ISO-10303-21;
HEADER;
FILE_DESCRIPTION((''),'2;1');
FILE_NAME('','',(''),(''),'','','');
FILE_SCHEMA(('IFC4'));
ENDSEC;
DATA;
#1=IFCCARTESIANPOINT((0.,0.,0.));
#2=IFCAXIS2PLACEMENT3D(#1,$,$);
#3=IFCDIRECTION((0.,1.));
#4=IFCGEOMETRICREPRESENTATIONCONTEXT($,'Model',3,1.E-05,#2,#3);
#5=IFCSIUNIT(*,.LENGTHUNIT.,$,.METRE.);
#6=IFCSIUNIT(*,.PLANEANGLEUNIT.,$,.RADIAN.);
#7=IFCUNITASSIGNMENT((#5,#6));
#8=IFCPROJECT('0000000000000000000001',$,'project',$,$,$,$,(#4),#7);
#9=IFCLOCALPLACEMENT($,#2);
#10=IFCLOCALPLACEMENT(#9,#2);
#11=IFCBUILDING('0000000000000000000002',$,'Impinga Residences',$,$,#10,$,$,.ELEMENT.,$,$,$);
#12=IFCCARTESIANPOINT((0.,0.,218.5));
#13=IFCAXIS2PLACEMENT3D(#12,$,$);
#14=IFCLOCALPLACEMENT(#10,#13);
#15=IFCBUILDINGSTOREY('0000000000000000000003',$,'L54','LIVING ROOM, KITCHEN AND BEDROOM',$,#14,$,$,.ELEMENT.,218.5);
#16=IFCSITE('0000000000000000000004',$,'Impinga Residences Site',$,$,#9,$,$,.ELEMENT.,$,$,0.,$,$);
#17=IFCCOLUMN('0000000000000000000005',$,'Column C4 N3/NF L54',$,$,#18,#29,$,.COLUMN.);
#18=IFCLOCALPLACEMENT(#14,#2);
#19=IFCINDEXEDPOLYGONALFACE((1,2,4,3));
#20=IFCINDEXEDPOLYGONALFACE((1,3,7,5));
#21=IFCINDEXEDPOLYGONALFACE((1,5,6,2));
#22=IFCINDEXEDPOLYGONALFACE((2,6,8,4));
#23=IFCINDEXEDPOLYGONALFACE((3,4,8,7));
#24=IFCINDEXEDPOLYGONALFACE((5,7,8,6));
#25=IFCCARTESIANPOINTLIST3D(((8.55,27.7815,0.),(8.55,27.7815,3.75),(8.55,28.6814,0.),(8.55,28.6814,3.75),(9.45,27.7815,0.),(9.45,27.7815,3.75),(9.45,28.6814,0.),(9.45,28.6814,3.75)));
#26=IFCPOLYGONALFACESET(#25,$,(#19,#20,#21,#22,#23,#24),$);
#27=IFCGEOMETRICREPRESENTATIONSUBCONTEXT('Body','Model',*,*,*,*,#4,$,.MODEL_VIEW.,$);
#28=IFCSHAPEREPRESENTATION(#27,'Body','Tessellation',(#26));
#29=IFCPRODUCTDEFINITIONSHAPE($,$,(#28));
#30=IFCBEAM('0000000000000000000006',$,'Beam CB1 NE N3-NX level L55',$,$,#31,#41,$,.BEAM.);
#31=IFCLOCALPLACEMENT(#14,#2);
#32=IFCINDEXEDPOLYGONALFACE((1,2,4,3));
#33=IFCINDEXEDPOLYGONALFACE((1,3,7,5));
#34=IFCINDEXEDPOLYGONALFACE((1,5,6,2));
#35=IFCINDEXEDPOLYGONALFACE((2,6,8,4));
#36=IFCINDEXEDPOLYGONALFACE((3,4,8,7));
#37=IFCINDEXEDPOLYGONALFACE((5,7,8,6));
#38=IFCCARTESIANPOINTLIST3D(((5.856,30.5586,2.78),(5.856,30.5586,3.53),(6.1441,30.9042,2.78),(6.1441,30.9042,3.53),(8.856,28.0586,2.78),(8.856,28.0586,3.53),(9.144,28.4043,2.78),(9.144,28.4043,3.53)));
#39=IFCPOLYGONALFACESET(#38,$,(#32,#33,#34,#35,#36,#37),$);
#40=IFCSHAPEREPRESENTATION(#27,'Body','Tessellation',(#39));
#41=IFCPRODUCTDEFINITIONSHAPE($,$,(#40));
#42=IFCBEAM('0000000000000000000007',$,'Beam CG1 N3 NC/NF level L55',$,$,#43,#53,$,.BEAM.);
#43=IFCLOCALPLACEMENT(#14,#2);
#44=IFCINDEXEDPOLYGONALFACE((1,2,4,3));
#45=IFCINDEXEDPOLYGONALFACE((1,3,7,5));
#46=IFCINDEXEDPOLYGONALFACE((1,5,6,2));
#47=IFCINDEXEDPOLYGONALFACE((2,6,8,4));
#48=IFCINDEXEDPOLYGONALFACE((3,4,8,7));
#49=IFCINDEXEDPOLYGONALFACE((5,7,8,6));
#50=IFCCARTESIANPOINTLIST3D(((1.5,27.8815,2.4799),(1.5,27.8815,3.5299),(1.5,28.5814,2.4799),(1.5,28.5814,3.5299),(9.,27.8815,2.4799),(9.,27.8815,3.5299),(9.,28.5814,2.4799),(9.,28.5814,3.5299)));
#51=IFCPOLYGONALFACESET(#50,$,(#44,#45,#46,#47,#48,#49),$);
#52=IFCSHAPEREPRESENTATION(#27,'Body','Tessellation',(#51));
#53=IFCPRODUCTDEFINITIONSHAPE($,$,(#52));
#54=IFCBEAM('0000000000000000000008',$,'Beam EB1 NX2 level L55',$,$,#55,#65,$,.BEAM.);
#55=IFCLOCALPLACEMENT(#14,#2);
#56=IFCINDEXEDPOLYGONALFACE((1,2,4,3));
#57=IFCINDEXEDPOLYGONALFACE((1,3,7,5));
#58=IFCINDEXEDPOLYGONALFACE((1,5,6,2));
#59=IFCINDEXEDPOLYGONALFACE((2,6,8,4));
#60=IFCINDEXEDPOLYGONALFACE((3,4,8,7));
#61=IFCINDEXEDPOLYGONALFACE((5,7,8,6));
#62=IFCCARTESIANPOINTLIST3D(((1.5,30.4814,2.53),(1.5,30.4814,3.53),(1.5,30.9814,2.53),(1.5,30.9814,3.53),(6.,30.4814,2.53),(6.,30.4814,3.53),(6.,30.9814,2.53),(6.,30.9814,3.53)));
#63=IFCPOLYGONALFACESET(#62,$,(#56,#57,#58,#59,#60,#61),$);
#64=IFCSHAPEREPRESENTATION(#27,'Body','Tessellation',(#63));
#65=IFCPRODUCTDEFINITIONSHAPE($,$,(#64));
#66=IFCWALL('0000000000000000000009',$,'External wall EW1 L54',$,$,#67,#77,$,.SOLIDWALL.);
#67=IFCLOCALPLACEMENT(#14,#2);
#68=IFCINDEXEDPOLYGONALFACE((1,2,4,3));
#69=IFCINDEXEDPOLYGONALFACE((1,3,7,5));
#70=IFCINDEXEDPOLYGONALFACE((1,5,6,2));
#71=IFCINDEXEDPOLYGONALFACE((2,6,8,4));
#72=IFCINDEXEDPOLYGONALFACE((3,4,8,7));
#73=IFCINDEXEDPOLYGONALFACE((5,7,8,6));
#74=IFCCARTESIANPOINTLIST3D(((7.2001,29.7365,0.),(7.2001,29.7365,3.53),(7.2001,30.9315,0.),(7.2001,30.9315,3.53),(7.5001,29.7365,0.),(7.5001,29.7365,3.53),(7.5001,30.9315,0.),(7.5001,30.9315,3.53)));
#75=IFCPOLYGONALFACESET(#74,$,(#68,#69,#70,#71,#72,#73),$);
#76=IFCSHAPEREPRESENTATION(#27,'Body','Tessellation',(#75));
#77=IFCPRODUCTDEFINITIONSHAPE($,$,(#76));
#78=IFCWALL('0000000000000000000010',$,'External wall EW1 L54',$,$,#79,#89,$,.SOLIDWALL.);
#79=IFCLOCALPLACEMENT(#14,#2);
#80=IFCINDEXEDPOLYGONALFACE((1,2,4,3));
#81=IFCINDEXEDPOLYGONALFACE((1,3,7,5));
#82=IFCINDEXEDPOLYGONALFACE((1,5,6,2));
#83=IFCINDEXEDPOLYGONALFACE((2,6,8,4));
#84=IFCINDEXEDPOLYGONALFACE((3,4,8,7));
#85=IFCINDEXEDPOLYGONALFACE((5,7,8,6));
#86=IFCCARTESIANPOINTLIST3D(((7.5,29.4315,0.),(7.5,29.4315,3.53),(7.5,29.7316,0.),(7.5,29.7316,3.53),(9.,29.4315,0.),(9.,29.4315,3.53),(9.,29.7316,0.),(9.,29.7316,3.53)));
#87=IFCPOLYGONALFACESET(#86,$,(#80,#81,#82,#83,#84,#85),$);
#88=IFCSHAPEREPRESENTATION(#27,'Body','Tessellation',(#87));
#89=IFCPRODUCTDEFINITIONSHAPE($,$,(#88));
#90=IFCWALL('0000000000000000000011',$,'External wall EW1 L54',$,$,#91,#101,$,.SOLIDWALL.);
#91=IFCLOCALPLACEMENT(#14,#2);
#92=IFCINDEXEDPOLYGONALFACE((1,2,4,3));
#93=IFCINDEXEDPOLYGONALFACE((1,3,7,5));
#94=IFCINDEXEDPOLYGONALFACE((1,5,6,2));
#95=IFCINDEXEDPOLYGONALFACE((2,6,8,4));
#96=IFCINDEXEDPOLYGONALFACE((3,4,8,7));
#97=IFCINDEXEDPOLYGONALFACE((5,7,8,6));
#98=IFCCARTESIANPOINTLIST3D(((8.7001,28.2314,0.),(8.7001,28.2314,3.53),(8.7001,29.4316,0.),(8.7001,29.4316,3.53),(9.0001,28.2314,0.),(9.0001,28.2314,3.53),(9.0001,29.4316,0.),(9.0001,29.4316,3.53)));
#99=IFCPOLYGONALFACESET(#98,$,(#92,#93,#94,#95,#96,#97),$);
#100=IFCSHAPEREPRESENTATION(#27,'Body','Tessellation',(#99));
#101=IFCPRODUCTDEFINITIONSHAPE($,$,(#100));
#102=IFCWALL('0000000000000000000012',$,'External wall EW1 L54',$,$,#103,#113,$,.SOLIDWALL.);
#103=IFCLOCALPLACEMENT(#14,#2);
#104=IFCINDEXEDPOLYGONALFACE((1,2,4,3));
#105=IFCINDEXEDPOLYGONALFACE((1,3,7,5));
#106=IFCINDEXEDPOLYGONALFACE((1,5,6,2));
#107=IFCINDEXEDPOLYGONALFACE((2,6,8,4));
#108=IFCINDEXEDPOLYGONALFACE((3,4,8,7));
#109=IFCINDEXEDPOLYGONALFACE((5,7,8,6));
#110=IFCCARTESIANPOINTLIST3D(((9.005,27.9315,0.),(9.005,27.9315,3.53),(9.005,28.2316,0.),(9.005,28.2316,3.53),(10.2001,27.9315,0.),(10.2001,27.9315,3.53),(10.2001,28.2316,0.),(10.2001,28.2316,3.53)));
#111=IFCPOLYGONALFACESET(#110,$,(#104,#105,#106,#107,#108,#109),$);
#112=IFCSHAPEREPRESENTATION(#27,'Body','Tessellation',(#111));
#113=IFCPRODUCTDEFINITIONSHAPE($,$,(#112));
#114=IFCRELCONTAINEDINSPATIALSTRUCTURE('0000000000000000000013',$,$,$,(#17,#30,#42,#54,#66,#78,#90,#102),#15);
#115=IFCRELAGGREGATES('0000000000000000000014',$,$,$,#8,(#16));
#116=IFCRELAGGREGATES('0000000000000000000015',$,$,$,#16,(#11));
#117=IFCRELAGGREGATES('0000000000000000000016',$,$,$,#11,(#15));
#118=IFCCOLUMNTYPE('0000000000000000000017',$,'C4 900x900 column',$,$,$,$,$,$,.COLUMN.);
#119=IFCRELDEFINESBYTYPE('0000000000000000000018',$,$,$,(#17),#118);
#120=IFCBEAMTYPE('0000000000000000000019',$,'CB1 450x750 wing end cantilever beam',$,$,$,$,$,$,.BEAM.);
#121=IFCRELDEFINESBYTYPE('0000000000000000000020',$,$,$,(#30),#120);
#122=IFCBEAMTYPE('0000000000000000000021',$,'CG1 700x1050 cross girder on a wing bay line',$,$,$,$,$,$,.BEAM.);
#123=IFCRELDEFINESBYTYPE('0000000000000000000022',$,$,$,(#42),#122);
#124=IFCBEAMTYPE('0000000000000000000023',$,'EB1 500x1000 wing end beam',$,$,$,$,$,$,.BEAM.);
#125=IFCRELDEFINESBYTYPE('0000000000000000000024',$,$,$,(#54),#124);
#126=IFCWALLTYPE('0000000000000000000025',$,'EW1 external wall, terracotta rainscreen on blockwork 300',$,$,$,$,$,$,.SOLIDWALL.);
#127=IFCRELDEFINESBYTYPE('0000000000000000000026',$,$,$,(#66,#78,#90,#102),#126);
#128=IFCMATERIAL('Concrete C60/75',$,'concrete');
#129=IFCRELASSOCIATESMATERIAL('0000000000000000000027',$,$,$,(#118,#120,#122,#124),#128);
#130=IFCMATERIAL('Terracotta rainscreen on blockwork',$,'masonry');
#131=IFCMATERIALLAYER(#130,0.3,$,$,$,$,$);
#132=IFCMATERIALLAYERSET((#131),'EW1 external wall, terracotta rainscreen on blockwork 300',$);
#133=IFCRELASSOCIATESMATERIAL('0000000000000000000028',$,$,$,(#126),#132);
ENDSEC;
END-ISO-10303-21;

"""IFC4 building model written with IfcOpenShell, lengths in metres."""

from ifc_helpers import new_model, si_unit, direction, frame, frame_2d, origin, origin_2d, place, context, subcontext, project, spatial, rectangle, extrude, material, layer, layer_set, material_profile, profile_set, type_object, element, save


model = new_model("IFC4")

# Units and contexts
model_context = context("Model", 3, precision=1e-05, world=origin(), true_north=direction((0.0, 1.0)))
body_context = subcontext(model_context, "Body", "Model", "MODEL_VIEW")
ifc_project = project(units=[si_unit("LENGTHUNIT", "METRE"), si_unit("PLANEANGLEUNIT", "RADIAN")], contexts=[model_context])

# Site, building, storey
site_placement = place(None, origin())
site = spatial("IfcSite", under=ifc_project, at=site_placement, Name="Impinga Residences Site", CompositionType="ELEMENT", RefElevation=0.0)
building_placement = place(site_placement, origin())
building = spatial("IfcBuilding", under=site, at=building_placement, Name="Impinga Residences", CompositionType="ELEMENT")
storey_placement = place(building_placement, frame((0.0, 0.0, 218.5)))
storey = spatial("IfcBuildingStorey", under=building, at=storey_placement, Name="L54", Description="LIVING ROOM, KITCHEN AND BEDROOM", CompositionType="ELEMENT", Elevation=218.5)

# Column
ifc_material_1 = material(Name="Concrete C60/75", Category="concrete")
ifc_material_profile_1 = material_profile(ifc_material_1, rectangle(XDim=0.8999, YDim=0.8999, at=origin_2d()), Name="RC 900x900")
ifc_profile_set_1 = profile_set([ifc_material_profile_1], Name="Concrete C60/75")
column_type = type_object("IfcColumnType", Name="C4 900x900 column", PredefinedType="COLUMN", material=ifc_profile_set_1)
column_placement = place(storey_placement, frame((9.0, 28.2314, 0.0), z_axis=(0.0, 0.0, 1.0), x_axis=(1.0, 0.0, 0.0)))
element("IfcColumn", 1, at=column_placement, inside=storey, type_object=column_type, Name="Column C4 N3/NF L54", PredefinedType="COLUMN", context=body_context, shape_type="SweptSolid", body=[
    extrude(rectangle(XDim=0.8999, YDim=0.8999, at=origin_2d()), origin(), (0.0, 0.0, 1.0), 3.75),
])

# Beams
ifc_material_profile_2 = material_profile(ifc_material_1, rectangle(XDim=0.45, YDim=0.75, at=origin_2d()), Name="RC 450x750")
ifc_profile_set_2 = profile_set([ifc_material_profile_2], Name="Concrete C60/75")
beam_type_1 = type_object("IfcBeamType", Name="CB1 450x750 wing end cantilever beam", PredefinedType="BEAM", material=ifc_profile_set_2)
beam_1_placement = place(storey_placement, frame((9.0, 28.2314, 3.155), z_axis=(-0.768221, 0.640184, 0.0), x_axis=(-0.640184, -0.768221, 0.0)))
element("IfcBeam", 2, at=beam_1_placement, inside=storey, type_object=beam_type_1, Name="Beam CB1 NE N3-NX level L55", PredefinedType="BEAM", context=body_context, shape_type="SweptSolid", body=[
    extrude(rectangle(XDim=0.45, YDim=0.75, at=origin_2d()), origin(), (0.0, 0.0, 1.0), 3.905),
])
ifc_material_profile_3 = material_profile(ifc_material_1, rectangle(XDim=0.7, YDim=1.05, at=origin_2d()), Name="RC 700x1050")
ifc_profile_set_3 = profile_set([ifc_material_profile_3], Name="Concrete C60/75")
beam_type_2 = type_object("IfcBeamType", Name="CG1 700x1050 cross girder on a wing bay line", PredefinedType="BEAM", material=ifc_profile_set_3)
beam_2_placement = place(storey_placement, frame((1.5, 28.2314, 3.0049), z_axis=(1.0, 0.0, 0.0), x_axis=(0.0, 1.0, 0.0)))
element("IfcBeam", 3, at=beam_2_placement, inside=storey, type_object=beam_type_2, Name="Beam CG1 N3 NC/NF level L55", PredefinedType="BEAM", context=body_context, shape_type="SweptSolid", body=[
    extrude(rectangle(XDim=0.7, YDim=1.05, at=origin_2d()), origin(), (0.0, 0.0, 1.0), 7.5),
])
ifc_material_profile_4 = material_profile(ifc_material_1, rectangle(XDim=0.5, YDim=1.0, at=origin_2d()), Name="RC 500x1000")
ifc_profile_set_4 = profile_set([ifc_material_profile_4], Name="Concrete C60/75")
beam_type_3 = type_object("IfcBeamType", Name="EB1 500x1000 wing end beam", PredefinedType="BEAM", material=ifc_profile_set_4)
beam_3_placement = place(storey_placement, frame((1.5, 30.7314, 3.03), z_axis=(1.0, 0.0, 0.0), x_axis=(0.0, 1.0, 0.0)))
element("IfcBeam", 4, at=beam_3_placement, inside=storey, type_object=beam_type_3, Name="Beam EB1 NX2 level L55", PredefinedType="BEAM", context=body_context, shape_type="SweptSolid", body=[
    extrude(rectangle(XDim=0.5, YDim=1.0, at=origin_2d()), origin(), (0.0, 0.0, 1.0), 4.5),
])

# Walls
ifc_material_2 = material(Name="Terracotta rainscreen on blockwork", Category="masonry")
ifc_layer_1 = layer(ifc_material_2, 0.3)
ifc_layer_set_1 = layer_set([ifc_layer_1], Name="EW1 external wall, terracotta rainscreen on blockwork 300")
wall_type_1 = type_object("IfcWallType", Name="EW1 external wall, terracotta rainscreen on blockwork 300", PredefinedType="SOLIDWALL", material=ifc_layer_set_1)
wall_1_placement = place(storey_placement, frame((7.3501, 30.9316, 0.0), z_axis=(0.0, 0.0, 1.0), x_axis=(0.0, -1.0, 0.0)))
element("IfcWall", 5, at=wall_1_placement, inside=storey, type_object=wall_type_1, Name="External wall EW1 L54", PredefinedType="SOLIDWALL", context=body_context, shape_type="SweptSolid", body=[
    extrude(rectangle(XDim=1.1951, YDim=0.3, at=frame_2d((0.5977, 0.0))), origin(), (0.0, 0.0, 1.0), 3.53),
])
wall_2_placement = place(storey_placement, frame((7.5, 29.5815, 0.0), z_axis=(0.0, 0.0, 1.0), x_axis=(1.0, 0.0, 0.0)))
element("IfcWall", 6, at=wall_2_placement, inside=storey, type_object=wall_type_1, Name="External wall EW1 L54", PredefinedType="SOLIDWALL", context=body_context, shape_type="SweptSolid", body=[
    extrude(rectangle(XDim=1.5, YDim=0.3, at=frame_2d((0.75, 0.0))), origin(), (0.0, 0.0, 1.0), 3.53),
])
wall_3_placement = place(storey_placement, frame((8.8501, 29.4316, 0.0), z_axis=(0.0, 0.0, 1.0), x_axis=(0.0, -1.0, 0.0)))
element("IfcWall", 7, at=wall_3_placement, inside=storey, type_object=wall_type_1, Name="External wall EW1 L54", PredefinedType="SOLIDWALL", context=body_context, shape_type="SweptSolid", body=[
    extrude(rectangle(XDim=1.2002, YDim=0.3, at=frame_2d((0.6001, 0.0))), origin(), (0.0, 0.0, 1.0), 3.53),
])
wall_4_placement = place(storey_placement, frame((9.0049, 28.0815, 0.0), z_axis=(0.0, 0.0, 1.0), x_axis=(1.0, 0.0, 0.0)))
element("IfcWall", 8, at=wall_4_placement, inside=storey, type_object=wall_type_1, Name="External wall EW1 L54", PredefinedType="SOLIDWALL", context=body_context, shape_type="SweptSolid", body=[
    extrude(rectangle(XDim=1.1951, YDim=0.3, at=frame_2d((0.5977, 0.0))), origin(), (0.0, 0.0, 1.0), 3.53),
])

save(model, "model.ifc")
